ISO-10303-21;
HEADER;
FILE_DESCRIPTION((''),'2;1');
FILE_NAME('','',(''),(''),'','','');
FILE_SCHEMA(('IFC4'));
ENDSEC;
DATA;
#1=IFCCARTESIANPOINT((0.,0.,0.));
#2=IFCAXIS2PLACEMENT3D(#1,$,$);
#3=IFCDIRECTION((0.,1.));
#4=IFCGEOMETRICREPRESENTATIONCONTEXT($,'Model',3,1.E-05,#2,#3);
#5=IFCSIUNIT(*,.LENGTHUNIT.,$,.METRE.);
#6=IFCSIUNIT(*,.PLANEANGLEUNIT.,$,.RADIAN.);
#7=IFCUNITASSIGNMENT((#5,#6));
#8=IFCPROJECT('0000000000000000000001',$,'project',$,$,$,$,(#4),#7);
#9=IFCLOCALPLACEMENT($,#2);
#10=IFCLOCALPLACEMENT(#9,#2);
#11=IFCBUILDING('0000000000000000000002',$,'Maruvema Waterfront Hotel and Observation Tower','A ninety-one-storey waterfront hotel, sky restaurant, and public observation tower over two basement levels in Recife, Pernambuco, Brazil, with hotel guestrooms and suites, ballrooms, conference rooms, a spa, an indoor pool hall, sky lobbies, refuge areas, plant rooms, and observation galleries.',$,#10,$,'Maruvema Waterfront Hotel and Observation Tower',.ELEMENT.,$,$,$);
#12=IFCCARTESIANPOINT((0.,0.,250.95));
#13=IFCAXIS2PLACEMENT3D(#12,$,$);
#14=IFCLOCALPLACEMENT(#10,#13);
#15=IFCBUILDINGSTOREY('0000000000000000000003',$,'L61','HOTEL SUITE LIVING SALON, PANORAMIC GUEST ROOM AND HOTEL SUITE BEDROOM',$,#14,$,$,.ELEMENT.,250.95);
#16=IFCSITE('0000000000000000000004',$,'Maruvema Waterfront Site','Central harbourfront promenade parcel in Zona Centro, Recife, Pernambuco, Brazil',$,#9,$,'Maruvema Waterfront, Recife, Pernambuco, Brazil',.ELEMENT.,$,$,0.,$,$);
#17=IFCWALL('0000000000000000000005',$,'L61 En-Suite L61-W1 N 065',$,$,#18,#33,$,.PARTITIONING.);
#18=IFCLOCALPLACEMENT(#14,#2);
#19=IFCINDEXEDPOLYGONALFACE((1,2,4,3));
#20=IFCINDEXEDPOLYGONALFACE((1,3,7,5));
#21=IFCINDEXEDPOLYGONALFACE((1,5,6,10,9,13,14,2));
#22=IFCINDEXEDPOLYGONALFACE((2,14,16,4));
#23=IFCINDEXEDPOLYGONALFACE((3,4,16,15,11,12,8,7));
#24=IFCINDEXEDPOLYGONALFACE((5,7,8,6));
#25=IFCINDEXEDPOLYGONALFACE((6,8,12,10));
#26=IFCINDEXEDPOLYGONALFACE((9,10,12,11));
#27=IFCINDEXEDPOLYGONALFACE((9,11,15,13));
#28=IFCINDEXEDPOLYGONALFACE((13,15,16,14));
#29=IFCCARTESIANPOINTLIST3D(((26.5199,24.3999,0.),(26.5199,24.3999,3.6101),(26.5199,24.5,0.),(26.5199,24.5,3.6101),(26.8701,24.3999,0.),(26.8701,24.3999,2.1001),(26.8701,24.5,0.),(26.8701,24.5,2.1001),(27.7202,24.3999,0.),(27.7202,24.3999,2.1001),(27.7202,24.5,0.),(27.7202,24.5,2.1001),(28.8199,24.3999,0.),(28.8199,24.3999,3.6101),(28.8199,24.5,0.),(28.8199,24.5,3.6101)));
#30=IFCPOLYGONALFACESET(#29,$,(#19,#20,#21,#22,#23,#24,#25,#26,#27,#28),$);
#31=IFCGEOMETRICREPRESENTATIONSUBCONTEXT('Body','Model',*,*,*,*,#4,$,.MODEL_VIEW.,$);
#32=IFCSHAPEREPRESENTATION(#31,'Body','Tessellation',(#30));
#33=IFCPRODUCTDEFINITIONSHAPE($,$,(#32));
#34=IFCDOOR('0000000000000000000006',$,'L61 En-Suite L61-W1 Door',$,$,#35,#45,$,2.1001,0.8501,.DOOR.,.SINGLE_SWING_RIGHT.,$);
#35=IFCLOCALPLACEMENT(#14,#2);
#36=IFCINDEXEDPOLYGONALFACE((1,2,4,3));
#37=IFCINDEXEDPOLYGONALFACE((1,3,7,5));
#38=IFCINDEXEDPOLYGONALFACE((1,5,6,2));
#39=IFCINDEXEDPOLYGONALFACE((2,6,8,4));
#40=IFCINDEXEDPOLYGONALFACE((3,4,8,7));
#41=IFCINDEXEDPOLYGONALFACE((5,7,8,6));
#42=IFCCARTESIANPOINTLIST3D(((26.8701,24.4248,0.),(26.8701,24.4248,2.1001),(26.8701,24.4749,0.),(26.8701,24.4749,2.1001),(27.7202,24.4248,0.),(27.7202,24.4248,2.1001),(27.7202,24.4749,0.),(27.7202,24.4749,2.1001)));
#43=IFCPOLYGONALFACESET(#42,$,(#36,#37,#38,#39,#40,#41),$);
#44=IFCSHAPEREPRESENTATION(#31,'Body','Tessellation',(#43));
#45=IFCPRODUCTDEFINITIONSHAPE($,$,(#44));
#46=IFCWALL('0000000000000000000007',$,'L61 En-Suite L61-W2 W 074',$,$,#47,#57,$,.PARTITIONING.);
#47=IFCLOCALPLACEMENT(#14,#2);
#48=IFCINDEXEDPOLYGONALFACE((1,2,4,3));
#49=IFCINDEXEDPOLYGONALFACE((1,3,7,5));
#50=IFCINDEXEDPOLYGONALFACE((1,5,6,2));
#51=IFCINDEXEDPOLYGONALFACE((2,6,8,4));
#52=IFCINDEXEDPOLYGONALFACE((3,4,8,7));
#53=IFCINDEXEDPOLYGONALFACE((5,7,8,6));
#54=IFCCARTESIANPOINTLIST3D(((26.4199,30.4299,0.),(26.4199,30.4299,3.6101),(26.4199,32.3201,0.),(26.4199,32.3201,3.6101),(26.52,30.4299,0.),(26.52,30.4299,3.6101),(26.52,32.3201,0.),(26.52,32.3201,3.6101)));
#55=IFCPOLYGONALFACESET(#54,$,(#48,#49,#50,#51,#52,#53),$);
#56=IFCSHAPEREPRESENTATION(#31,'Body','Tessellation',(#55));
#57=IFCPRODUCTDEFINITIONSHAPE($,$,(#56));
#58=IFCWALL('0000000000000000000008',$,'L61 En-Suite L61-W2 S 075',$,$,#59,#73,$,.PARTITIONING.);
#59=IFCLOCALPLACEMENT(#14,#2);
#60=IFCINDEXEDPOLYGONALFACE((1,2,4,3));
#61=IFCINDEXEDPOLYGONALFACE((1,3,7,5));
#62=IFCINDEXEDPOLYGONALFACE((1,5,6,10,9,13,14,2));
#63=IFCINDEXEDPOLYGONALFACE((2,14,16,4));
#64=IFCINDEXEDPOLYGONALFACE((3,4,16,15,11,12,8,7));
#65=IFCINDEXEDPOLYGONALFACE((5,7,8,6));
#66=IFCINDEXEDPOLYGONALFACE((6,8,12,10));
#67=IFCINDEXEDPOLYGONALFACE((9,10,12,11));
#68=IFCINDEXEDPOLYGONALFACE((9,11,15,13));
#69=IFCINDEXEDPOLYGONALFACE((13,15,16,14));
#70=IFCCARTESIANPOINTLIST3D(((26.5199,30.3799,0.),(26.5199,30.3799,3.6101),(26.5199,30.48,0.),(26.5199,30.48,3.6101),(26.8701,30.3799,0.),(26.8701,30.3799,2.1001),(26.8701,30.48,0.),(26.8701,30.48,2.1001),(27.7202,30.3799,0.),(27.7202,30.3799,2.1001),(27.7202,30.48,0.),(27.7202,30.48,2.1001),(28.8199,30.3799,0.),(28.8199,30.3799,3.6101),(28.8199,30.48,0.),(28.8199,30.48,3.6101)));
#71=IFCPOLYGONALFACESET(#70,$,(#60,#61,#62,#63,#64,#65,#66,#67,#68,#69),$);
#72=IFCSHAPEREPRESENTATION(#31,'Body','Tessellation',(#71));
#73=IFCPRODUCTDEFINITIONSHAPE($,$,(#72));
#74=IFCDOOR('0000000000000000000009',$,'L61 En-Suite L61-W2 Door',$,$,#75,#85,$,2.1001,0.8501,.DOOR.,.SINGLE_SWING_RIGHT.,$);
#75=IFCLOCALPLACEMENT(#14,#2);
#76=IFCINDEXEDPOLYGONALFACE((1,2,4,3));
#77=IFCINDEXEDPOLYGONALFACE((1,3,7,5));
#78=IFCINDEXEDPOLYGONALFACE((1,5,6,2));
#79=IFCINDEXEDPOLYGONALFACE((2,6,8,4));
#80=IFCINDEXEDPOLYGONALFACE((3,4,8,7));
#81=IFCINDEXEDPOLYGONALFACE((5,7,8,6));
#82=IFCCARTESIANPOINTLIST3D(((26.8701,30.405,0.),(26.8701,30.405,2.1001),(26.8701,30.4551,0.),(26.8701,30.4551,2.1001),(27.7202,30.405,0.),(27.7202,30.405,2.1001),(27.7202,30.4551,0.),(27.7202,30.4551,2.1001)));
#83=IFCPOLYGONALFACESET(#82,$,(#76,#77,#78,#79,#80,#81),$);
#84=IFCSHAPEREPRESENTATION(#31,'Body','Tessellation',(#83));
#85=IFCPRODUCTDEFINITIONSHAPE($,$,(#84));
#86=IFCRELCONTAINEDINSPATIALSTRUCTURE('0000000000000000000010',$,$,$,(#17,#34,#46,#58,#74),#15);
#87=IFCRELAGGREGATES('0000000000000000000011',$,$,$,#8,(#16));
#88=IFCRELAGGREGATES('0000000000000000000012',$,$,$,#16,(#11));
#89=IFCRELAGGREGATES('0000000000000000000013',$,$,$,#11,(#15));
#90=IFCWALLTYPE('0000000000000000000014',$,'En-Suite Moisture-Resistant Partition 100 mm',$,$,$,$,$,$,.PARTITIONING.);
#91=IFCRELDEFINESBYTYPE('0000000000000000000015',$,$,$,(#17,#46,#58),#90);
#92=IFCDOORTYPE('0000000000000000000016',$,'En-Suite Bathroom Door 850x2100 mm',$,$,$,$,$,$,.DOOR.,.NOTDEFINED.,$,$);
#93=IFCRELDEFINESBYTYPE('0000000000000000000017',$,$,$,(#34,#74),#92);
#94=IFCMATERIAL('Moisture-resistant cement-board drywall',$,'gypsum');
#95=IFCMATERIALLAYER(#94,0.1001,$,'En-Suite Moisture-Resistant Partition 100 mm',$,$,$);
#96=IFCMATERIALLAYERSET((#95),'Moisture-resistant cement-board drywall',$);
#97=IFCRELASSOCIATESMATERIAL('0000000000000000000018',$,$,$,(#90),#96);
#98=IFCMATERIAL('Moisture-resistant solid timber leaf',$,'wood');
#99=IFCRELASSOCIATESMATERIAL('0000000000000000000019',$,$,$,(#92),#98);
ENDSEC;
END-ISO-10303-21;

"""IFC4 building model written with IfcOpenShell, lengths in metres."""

from ifc_helpers import new_model, si_unit, direction, frame, frame_2d, origin, place, context, subcontext, project, spatial, rectangle, extrude, material, layer, layer_set, type_object, element, fill, save


model = new_model("IFC4")

# Units and contexts
model_context = context("Model", 3, precision=1e-05, world=origin(), true_north=direction((0.0, 1.0)))
body_context = subcontext(model_context, "Body", "Model", "MODEL_VIEW")
ifc_project = project(units=[si_unit("LENGTHUNIT", "METRE"), si_unit("PLANEANGLEUNIT", "RADIAN")], contexts=[model_context])

# Site, building, storey
site_placement = place(None, origin())
site = spatial("IfcSite", under=ifc_project, at=site_placement, Name="Maruvema Waterfront Site", Description="Central harbourfront promenade parcel in Zona Centro, Recife, Pernambuco, Brazil", LongName="Maruvema Waterfront, Recife, Pernambuco, Brazil", CompositionType="ELEMENT", RefElevation=0.0)
building_placement = place(site_placement, origin())
building = spatial("IfcBuilding", under=site, at=building_placement, Name="Maruvema Waterfront Hotel and Observation Tower", Description="A ninety-one-storey waterfront hotel, sky restaurant, and public observation tower over two basement levels in Recife, Pernambuco, Brazil, with hotel guestrooms and suites, ballrooms, conference rooms, a spa, an indoor pool hall, sky lobbies, refuge areas, plant rooms, and observation galleries.", LongName="Maruvema Waterfront Hotel and Observation Tower", CompositionType="ELEMENT")
storey_placement = place(building_placement, frame((0.0, 0.0, 250.95)))
storey = spatial("IfcBuildingStorey", under=building, at=storey_placement, Name="L61", Description="HOTEL SUITE LIVING SALON, PANORAMIC GUEST ROOM AND HOTEL SUITE BEDROOM", CompositionType="ELEMENT", Elevation=250.95)

# Shared definitions
ifc_material_1 = material(Name="Moisture-resistant cement-board drywall", Category="gypsum")
ifc_layer_1 = layer(ifc_material_1, 0.1001, Name="En-Suite Moisture-Resistant Partition 100 mm")
ifc_layer_set_1 = layer_set([ifc_layer_1], Name="Moisture-resistant cement-board drywall")
wall_type_1 = type_object("IfcWallType", Name="En-Suite Moisture-Resistant Partition 100 mm", PredefinedType="PARTITIONING", material=ifc_layer_set_1)

# Wall, opening, door
wall_1_placement = place(storey_placement, frame((26.52, 24.45, 0.0), z_axis=(0.0, 0.0, 1.0), x_axis=(1.0, 0.0, 0.0)))
wall_1 = element("IfcWall", 1, at=wall_1_placement, inside=storey, type_object=wall_type_1, Name="L61 En-Suite L61-W1 N 065", PredefinedType="PARTITIONING", context=body_context, shape_type="SweptSolid", body=[
    extrude(rectangle(XDim=2.3, YDim=0.1001, at=frame_2d((1.1499, 0.0))), origin(), (0.0, 0.0, 1.0), 3.6101),
])
opening_1_placement = place(wall_1_placement, frame((0.3501, 0.0, 0.0)))
opening_1 = element("IfcOpeningElement", 2, at=opening_1_placement, cuts=wall_1, PredefinedType="OPENING", context=body_context, shape_type="SweptSolid", body=[
    extrude(rectangle(XDim=0.8501, YDim=2.1001, at=frame_2d((0.425, 1.05))), frame((0.0, 0.0601, 0.0), z_axis=(0.0, -1.0, 0.0), x_axis=(1.0, 0.0, 0.0)), (0.0, 0.0, 1.0), 0.1201),
])
ifc_material_2 = material(Name="Moisture-resistant solid timber leaf", Category="wood")
door_type_1 = type_object("IfcDoorType", Name="En-Suite Bathroom Door 850x2100 mm", OperationType="NOTDEFINED", PredefinedType="DOOR", material=ifc_material_2)
door_1_placement = place(opening_1_placement, origin())
door_1 = element("IfcDoor", 3, at=door_1_placement, inside=storey, type_object=door_type_1, Name="L61 En-Suite L61-W1 Door", OperationType="SINGLE_SWING_RIGHT", OverallHeight=2.1001, OverallWidth=0.8501, PredefinedType="DOOR", context=body_context, shape_type="SweptSolid", body=[
    extrude(rectangle(XDim=0.8501, YDim=2.1001, at=frame_2d((0.425, 1.05))), frame((0.0, 0.0249, 0.0), z_axis=(0.0, -1.0, 0.0), x_axis=(1.0, 0.0, 0.0)), (0.0, 0.0, 1.0), 0.05),
])
fill(opening_1, door_1)

# Wall
wall_2_placement = place(storey_placement, frame((26.47, 30.4299, 0.0), z_axis=(0.0, 0.0, 1.0), x_axis=(0.0, 1.0, 0.0)))
element("IfcWall", 4, at=wall_2_placement, inside=storey, type_object=wall_type_1, Name="L61 En-Suite L61-W2 W 074", PredefinedType="PARTITIONING", context=body_context, shape_type="SweptSolid", body=[
    extrude(rectangle(XDim=1.8901, YDim=0.1001, at=frame_2d((0.9451, 0.0))), origin(), (0.0, 0.0, 1.0), 3.6101),
])

# Wall, opening, door
wall_3_placement = place(storey_placement, frame((26.52, 30.4299, 0.0), z_axis=(0.0, 0.0, 1.0), x_axis=(1.0, 0.0, 0.0)))
wall_3 = element("IfcWall", 5, at=wall_3_placement, inside=storey, type_object=wall_type_1, Name="L61 En-Suite L61-W2 S 075", PredefinedType="PARTITIONING", context=body_context, shape_type="SweptSolid", body=[
    extrude(rectangle(XDim=2.3, YDim=0.1001, at=frame_2d((1.1499, 0.0))), origin(), (0.0, 0.0, 1.0), 3.6101),
])
opening_2_placement = place(wall_3_placement, frame((0.3501, 0.0, 0.0)))
opening_2 = element("IfcOpeningElement", 6, at=opening_2_placement, cuts=wall_3, PredefinedType="OPENING", context=body_context, shape_type="SweptSolid", body=[
    extrude(rectangle(XDim=0.8501, YDim=2.1001, at=frame_2d((0.425, 1.05))), frame((0.0, 0.0601, 0.0), z_axis=(0.0, -1.0, 0.0), x_axis=(1.0, 0.0, 0.0)), (0.0, 0.0, 1.0), 0.1201),
])
door_2_placement = place(opening_2_placement, frame((0.8501, 0.0, 0.0), z_axis=(0.0, 0.0, 1.0), x_axis=(-1.0, 0.0, 0.0)))
door_2 = element("IfcDoor", 7, at=door_2_placement, inside=storey, type_object=door_type_1, Name="L61 En-Suite L61-W2 Door", OperationType="SINGLE_SWING_RIGHT", OverallHeight=2.1001, OverallWidth=0.8501, PredefinedType="DOOR", context=body_context, shape_type="SweptSolid", body=[
    extrude(rectangle(XDim=0.8501, YDim=2.1001, at=frame_2d((0.425, 1.05))), frame((0.0, 0.0249, 0.0), z_axis=(0.0, -1.0, 0.0), x_axis=(1.0, 0.0, 0.0)), (0.0, 0.0, 1.0), 0.05),
])
fill(opening_2, door_2)

save(model, "model.ifc")
